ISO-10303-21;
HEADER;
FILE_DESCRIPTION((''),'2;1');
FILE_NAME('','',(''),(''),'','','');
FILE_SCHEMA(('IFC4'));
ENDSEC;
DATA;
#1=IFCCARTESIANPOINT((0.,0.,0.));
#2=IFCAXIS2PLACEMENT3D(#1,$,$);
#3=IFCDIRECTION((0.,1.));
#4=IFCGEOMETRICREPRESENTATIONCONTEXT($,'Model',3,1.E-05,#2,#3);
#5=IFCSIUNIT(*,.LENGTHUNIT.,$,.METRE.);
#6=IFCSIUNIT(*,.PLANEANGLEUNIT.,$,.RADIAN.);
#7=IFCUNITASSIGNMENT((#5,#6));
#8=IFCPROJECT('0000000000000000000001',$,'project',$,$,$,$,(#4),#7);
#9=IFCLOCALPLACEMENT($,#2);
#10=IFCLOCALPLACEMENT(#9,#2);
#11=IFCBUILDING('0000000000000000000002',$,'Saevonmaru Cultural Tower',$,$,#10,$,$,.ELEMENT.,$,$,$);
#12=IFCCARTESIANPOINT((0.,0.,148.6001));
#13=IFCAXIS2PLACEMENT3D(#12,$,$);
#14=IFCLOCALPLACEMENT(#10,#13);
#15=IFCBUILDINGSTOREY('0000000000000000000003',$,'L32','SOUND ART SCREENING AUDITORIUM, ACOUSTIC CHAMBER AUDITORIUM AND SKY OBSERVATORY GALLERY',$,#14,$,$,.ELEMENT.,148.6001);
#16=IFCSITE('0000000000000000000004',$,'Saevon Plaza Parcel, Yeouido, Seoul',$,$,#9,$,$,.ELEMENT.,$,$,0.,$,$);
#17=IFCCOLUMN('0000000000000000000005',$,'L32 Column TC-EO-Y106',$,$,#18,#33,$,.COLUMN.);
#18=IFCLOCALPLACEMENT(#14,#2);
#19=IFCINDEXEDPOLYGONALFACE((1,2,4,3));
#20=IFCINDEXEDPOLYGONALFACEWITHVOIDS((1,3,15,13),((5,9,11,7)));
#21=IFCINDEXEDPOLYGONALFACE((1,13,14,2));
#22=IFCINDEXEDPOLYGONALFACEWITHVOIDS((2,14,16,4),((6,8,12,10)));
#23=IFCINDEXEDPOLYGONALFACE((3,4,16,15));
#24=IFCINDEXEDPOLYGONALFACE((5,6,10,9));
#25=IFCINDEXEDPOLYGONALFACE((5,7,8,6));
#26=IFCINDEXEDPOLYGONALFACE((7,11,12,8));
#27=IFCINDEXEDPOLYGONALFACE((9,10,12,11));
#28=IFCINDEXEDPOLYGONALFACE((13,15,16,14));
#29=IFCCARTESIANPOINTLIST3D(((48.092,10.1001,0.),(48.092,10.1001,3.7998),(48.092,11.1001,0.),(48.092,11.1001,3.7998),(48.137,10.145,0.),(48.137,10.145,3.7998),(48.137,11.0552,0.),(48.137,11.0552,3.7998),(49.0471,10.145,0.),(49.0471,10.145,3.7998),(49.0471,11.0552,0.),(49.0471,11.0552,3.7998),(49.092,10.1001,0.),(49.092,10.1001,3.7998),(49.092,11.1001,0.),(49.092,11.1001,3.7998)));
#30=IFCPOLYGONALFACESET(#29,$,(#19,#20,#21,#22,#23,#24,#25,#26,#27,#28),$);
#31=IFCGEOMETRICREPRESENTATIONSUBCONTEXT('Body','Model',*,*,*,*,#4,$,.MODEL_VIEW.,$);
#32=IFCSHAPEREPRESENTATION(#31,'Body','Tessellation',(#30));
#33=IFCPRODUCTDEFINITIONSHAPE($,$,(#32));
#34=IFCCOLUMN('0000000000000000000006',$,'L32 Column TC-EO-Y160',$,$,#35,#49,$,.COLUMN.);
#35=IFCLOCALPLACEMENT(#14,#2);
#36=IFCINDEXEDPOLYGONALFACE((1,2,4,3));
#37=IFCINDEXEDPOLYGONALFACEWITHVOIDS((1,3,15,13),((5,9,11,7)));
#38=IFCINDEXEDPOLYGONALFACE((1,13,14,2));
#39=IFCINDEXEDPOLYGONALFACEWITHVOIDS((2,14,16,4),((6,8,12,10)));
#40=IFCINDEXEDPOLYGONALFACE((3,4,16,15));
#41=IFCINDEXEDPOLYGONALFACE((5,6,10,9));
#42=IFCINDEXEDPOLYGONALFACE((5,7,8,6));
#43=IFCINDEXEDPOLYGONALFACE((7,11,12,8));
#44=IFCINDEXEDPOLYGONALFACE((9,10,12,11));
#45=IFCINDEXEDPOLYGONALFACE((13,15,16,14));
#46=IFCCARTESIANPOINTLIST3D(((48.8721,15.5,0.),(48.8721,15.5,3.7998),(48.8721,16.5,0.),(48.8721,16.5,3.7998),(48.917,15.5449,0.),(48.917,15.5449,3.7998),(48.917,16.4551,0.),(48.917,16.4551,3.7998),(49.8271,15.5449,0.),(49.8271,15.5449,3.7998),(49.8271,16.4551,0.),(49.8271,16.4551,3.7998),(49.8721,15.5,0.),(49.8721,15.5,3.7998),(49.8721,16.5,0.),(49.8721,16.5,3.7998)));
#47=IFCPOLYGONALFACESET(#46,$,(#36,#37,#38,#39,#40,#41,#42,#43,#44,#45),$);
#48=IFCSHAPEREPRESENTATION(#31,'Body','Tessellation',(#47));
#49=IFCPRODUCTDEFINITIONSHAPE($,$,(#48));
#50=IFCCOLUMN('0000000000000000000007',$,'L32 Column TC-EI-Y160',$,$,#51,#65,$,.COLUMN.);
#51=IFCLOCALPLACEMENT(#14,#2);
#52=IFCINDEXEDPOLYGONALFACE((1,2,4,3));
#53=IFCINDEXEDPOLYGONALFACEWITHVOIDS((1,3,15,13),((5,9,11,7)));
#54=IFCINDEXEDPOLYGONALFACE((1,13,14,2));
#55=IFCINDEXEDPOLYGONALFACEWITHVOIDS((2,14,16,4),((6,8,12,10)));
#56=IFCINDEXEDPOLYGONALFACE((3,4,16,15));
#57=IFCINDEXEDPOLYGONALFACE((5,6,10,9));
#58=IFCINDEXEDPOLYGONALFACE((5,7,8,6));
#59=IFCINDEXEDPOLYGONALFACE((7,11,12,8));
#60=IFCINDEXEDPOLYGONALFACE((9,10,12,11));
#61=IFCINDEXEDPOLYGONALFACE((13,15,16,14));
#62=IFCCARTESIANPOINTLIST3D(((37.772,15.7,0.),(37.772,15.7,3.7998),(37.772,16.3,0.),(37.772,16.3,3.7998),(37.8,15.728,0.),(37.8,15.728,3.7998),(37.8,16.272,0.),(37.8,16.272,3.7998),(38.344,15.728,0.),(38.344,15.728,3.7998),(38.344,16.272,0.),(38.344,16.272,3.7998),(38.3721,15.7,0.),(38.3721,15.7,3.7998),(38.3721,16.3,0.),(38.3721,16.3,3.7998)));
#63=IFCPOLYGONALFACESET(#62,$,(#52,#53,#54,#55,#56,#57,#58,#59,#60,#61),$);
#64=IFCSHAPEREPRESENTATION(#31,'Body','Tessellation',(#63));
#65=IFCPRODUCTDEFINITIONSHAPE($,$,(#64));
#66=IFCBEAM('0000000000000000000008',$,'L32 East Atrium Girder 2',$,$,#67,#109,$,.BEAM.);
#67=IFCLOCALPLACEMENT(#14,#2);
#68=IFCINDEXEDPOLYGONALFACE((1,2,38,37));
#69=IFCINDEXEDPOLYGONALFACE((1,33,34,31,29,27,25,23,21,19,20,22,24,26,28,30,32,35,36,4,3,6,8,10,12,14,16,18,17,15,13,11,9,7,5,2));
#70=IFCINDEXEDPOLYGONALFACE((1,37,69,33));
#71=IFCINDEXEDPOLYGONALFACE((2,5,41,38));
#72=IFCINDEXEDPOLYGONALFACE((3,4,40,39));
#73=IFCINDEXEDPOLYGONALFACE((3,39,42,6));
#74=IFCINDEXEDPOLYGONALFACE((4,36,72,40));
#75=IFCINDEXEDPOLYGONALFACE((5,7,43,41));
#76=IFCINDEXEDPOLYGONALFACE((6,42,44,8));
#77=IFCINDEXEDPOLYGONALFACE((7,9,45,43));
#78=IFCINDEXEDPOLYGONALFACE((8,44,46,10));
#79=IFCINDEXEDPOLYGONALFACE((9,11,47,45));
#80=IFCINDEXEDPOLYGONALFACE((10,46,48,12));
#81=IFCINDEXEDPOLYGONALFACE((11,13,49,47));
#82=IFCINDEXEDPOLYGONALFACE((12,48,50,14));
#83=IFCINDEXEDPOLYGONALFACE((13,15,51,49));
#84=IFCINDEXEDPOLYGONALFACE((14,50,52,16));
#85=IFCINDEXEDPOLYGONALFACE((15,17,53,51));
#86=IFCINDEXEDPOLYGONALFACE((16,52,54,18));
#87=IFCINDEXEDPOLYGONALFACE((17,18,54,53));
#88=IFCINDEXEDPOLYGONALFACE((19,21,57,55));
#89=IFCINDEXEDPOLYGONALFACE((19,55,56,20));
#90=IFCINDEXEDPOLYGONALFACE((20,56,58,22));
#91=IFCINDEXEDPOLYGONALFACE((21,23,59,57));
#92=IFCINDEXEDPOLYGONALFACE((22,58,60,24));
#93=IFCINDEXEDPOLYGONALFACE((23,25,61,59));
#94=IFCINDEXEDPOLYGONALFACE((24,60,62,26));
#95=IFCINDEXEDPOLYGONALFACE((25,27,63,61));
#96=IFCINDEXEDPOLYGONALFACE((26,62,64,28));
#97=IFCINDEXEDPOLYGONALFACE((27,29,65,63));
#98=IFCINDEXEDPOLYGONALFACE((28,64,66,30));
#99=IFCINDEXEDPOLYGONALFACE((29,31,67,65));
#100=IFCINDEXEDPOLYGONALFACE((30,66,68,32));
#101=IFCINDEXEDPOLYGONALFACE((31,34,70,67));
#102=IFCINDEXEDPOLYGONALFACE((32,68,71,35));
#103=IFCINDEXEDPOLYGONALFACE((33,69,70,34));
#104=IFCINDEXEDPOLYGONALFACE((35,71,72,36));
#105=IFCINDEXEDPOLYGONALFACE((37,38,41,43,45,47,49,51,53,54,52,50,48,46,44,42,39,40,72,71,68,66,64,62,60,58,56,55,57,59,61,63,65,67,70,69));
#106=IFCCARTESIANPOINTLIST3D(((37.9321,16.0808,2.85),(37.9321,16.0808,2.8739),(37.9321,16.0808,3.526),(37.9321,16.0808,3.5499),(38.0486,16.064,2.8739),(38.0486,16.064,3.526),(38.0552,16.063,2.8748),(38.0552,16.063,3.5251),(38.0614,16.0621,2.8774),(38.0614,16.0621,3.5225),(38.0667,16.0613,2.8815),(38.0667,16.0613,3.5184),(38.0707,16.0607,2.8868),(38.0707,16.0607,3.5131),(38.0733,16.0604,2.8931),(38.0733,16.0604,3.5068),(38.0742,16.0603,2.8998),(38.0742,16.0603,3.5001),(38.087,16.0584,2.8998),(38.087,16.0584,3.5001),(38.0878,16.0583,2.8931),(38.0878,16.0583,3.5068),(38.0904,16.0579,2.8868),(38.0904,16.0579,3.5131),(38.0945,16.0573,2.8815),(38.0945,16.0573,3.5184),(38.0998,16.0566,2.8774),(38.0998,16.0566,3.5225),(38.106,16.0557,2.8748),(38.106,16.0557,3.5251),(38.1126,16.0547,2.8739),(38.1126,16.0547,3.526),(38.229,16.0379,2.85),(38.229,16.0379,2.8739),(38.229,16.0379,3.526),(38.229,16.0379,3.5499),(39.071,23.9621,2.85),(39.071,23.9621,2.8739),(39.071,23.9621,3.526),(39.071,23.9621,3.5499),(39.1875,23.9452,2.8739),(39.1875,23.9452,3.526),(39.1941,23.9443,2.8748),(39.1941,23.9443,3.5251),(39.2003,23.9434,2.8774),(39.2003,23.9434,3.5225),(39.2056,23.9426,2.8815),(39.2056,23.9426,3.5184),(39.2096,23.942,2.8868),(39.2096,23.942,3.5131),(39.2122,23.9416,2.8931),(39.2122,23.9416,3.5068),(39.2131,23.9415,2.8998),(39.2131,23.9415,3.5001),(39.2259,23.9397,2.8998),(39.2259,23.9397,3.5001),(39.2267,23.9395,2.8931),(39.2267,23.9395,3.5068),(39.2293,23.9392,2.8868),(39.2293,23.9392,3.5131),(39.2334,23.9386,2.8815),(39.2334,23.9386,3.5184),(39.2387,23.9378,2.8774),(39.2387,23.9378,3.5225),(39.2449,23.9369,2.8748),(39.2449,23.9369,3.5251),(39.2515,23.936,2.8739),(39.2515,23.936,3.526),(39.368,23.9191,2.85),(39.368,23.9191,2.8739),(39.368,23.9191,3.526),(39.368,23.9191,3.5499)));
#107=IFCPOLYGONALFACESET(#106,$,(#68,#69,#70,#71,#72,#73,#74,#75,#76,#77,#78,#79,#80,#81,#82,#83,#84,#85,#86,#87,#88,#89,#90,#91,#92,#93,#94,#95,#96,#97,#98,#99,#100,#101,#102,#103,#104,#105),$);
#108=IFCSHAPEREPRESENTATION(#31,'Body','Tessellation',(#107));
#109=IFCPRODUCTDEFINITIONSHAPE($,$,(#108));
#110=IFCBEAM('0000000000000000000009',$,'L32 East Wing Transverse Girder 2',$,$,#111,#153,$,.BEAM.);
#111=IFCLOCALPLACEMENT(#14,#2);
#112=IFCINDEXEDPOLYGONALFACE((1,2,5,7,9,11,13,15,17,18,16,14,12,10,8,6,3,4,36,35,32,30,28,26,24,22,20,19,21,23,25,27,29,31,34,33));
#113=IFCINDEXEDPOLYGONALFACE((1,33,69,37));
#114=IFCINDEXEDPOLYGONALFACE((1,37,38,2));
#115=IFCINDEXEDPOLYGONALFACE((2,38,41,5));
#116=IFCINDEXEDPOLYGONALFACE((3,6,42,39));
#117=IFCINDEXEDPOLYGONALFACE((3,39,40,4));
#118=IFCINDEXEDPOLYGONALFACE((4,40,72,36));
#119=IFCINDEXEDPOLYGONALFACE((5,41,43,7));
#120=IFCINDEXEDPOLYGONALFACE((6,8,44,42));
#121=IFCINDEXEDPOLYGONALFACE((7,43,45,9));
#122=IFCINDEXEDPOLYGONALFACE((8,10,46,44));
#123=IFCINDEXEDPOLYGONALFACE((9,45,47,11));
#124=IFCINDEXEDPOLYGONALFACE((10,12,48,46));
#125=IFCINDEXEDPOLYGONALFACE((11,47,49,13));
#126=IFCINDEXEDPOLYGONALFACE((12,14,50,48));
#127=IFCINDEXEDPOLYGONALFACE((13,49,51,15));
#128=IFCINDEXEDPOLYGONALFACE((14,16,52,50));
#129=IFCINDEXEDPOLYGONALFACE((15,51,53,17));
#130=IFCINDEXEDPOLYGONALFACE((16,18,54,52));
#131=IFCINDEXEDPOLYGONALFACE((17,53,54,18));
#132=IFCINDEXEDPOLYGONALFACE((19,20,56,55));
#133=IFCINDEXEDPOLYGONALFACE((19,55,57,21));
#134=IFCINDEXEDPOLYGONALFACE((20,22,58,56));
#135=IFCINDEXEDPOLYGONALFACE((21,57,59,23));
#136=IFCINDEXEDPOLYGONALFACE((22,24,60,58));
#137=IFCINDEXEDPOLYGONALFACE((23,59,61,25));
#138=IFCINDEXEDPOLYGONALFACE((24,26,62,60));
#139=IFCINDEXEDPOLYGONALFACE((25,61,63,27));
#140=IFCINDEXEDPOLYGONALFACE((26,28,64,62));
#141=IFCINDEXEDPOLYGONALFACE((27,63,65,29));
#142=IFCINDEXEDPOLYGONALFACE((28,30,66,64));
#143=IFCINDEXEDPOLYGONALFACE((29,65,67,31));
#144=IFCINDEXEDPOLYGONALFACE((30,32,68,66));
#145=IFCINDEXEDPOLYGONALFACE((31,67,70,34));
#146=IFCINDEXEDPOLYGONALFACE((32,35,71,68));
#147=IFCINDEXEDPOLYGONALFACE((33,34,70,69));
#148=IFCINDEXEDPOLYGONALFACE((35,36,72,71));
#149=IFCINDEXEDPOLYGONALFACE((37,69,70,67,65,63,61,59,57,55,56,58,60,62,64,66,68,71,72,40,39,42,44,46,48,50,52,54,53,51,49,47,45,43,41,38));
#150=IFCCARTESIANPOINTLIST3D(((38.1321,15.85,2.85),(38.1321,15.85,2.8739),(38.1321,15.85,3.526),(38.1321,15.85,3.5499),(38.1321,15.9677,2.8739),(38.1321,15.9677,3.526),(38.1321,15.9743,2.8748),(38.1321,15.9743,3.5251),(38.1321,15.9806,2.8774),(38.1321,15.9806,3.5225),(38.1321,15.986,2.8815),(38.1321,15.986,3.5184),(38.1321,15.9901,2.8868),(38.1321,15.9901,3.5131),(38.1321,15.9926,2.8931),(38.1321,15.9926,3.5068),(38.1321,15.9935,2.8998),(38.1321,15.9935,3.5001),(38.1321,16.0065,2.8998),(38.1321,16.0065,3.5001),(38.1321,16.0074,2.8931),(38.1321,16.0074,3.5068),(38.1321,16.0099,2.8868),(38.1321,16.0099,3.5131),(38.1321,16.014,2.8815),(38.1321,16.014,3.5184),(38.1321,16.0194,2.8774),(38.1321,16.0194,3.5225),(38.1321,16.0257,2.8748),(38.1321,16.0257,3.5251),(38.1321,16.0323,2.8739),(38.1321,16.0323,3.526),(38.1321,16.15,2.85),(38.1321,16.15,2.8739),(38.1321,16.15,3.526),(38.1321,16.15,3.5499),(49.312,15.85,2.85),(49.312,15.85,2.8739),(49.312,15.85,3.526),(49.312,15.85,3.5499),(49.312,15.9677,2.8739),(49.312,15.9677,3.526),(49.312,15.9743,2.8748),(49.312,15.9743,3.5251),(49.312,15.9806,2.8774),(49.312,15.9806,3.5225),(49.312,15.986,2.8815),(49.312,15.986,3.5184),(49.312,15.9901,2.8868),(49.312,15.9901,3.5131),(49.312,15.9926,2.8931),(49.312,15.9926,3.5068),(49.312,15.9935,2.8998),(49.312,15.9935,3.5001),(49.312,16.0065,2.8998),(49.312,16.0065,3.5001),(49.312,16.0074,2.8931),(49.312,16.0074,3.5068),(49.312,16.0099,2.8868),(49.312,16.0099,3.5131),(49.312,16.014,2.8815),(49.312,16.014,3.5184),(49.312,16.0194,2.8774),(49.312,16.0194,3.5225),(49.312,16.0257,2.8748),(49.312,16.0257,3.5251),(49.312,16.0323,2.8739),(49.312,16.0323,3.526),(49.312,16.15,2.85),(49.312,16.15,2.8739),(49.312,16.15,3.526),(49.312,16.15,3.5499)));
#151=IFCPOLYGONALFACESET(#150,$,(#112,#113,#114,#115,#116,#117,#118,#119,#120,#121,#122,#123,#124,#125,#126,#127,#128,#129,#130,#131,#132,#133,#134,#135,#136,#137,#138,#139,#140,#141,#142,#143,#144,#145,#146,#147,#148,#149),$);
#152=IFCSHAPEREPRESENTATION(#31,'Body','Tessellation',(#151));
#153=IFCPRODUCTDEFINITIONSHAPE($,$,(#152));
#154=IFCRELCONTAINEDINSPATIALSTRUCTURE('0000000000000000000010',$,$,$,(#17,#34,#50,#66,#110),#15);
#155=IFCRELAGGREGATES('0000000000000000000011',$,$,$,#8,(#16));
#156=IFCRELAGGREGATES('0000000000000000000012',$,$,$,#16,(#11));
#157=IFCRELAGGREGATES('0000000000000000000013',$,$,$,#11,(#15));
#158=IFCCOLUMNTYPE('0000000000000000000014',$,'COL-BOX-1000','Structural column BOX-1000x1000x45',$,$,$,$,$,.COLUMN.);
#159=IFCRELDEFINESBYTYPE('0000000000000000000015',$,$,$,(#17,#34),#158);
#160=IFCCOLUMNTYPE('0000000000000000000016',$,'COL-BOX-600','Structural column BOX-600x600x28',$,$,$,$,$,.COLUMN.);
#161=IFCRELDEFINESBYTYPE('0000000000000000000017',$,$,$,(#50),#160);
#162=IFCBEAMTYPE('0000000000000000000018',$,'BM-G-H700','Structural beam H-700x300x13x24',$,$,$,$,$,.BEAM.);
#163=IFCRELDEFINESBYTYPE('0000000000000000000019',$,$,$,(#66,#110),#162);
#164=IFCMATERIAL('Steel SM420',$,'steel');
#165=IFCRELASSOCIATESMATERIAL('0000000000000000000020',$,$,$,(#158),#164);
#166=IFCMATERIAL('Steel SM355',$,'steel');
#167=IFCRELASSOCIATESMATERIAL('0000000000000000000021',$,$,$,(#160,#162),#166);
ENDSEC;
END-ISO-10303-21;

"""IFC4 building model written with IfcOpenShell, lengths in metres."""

from ifc_helpers import new_model, si_unit, direction, frame, origin, origin_2d, place, context, subcontext, project, spatial, hollow_rectangle, i_section, extrude, material, material_profile, profile_set, type_object, element, save


model = new_model("IFC4")

# Units and contexts
model_context = context("Model", 3, precision=1e-05, world=origin(), true_north=direction((0.0, 1.0)))
body_context = subcontext(model_context, "Body", "Model", "MODEL_VIEW")
ifc_project = project(units=[si_unit("LENGTHUNIT", "METRE"), si_unit("PLANEANGLEUNIT", "RADIAN")], contexts=[model_context])

# Site, building, storey
site_placement = place(None, origin())
site = spatial("IfcSite", under=ifc_project, at=site_placement, Name="Saevon Plaza Parcel, Yeouido, Seoul", CompositionType="ELEMENT", RefElevation=0.0)
building_placement = place(site_placement, origin())
building = spatial("IfcBuilding", under=site, at=building_placement, Name="Saevonmaru Cultural Tower", CompositionType="ELEMENT")
storey_placement = place(building_placement, frame((0.0, 0.0, 148.6001)))
storey = spatial("IfcBuildingStorey", under=building, at=storey_placement, Name="L32", Description="SOUND ART SCREENING AUDITORIUM, ACOUSTIC CHAMBER AUDITORIUM AND SKY OBSERVATORY GALLERY", CompositionType="ELEMENT", Elevation=148.6001)

# Columns
ifc_material_1 = material(Name="Steel SM420", Category="steel")
ifc_material_profile_1 = material_profile(ifc_material_1, hollow_rectangle(XDim=1.0, YDim=1.0, WallThickness=0.0449, at=origin_2d()), Name="BOX-1000x1000x45")
ifc_profile_set_1 = profile_set([ifc_material_profile_1], Name="Steel SM420")
column_type_1 = type_object("IfcColumnType", Name="COL-BOX-1000", Description="Structural column BOX-1000x1000x45", PredefinedType="COLUMN", material=ifc_profile_set_1)
for number, where, z_axis, x_axis, name in (
    (1, (48.592, 10.6001, 0.0), (0.0, 0.0, 1.0), (1.0, 0.0, 0.0), "L32 Column TC-EO-Y106"),
    (2, (49.3721, 16.0, 0.0), (0.0, 0.0, 1.0), (1.0, 0.0, 0.0), "L32 Column TC-EO-Y160"),
):
    element("IfcColumn", number, at=place(storey_placement, frame(where, z_axis=z_axis, x_axis=x_axis)), inside=storey, type_object=column_type_1, Name=name, PredefinedType="COLUMN", context=body_context, shape_type="SweptSolid", body=[
        extrude(hollow_rectangle(XDim=1.0, YDim=1.0, WallThickness=0.0449, at=origin_2d()), origin(), (0.0, 0.0, 1.0), 3.7998),
    ])
ifc_material_2 = material(Name="Steel SM355", Category="steel")
ifc_material_profile_2 = material_profile(ifc_material_2, hollow_rectangle(XDim=0.6001, YDim=0.6001, WallThickness=0.0281, at=origin_2d()), Name="BOX-600x600x28")
ifc_profile_set_2 = profile_set([ifc_material_profile_2], Name="Steel SM355")
column_type_2 = type_object("IfcColumnType", Name="COL-BOX-600", Description="Structural column BOX-600x600x28", PredefinedType="COLUMN", material=ifc_profile_set_2)
column_placement = place(storey_placement, frame((38.072, 16.0, 0.0), z_axis=(0.0, 0.0, 1.0), x_axis=(1.0, 0.0, 0.0)))
element("IfcColumn", 3, at=column_placement, inside=storey, type_object=column_type_2, Name="L32 Column TC-EI-Y160", PredefinedType="COLUMN", context=body_context, shape_type="SweptSolid", body=[
    extrude(hollow_rectangle(XDim=0.6001, YDim=0.6001, WallThickness=0.0281, at=origin_2d()), origin(), (0.0, 0.0, 1.0), 3.7998),
])

# Beams
ifc_material_profile_3 = material_profile(ifc_material_2, i_section(OverallWidth=0.3, OverallDepth=0.7, WebThickness=0.0129, FlangeThickness=0.0239, FilletRadius=0.0259, at=origin_2d()), Name="H-700x300x13x24")
ifc_profile_set_3 = profile_set([ifc_material_profile_3], Name="Steel SM355")
beam_type_1 = type_object("IfcBeamType", Name="BM-G-H700", Description="Structural beam H-700x300x13x24", PredefinedType="BEAM", material=ifc_profile_set_3)
beam_1_placement = place(storey_placement, frame((38.0806, 16.0593, 3.2), z_axis=(0.143022, 0.989719, 0.0), x_axis=(-0.989719, 0.143022, 0.0)))
element("IfcBeam", 4, at=beam_1_placement, inside=storey, type_object=beam_type_1, Name="L32 East Atrium Girder 2", PredefinedType="BEAM", context=body_context, shape_type="SweptSolid", body=[
    extrude(i_section(OverallWidth=0.3, OverallDepth=0.7, WebThickness=0.0129, FlangeThickness=0.0239, FilletRadius=0.0259, at=origin_2d()), origin(), (0.0, 0.0, 1.0), 7.9631),
])
beam_2_placement = place(storey_placement, frame((38.1321, 16.0, 3.2), z_axis=(1.0, 0.0, 0.0), x_axis=(0.0, 1.0, 0.0)))
element("IfcBeam", 5, at=beam_2_placement, inside=storey, type_object=beam_type_1, Name="L32 East Wing Transverse Girder 2", PredefinedType="BEAM", context=body_context, shape_type="SweptSolid", body=[
    extrude(i_section(OverallWidth=0.3, OverallDepth=0.7, WebThickness=0.0129, FlangeThickness=0.0239, FilletRadius=0.0259, at=origin_2d()), origin(), (0.0, 0.0, 1.0), 11.1799),
])

save(model, "model.ifc")
